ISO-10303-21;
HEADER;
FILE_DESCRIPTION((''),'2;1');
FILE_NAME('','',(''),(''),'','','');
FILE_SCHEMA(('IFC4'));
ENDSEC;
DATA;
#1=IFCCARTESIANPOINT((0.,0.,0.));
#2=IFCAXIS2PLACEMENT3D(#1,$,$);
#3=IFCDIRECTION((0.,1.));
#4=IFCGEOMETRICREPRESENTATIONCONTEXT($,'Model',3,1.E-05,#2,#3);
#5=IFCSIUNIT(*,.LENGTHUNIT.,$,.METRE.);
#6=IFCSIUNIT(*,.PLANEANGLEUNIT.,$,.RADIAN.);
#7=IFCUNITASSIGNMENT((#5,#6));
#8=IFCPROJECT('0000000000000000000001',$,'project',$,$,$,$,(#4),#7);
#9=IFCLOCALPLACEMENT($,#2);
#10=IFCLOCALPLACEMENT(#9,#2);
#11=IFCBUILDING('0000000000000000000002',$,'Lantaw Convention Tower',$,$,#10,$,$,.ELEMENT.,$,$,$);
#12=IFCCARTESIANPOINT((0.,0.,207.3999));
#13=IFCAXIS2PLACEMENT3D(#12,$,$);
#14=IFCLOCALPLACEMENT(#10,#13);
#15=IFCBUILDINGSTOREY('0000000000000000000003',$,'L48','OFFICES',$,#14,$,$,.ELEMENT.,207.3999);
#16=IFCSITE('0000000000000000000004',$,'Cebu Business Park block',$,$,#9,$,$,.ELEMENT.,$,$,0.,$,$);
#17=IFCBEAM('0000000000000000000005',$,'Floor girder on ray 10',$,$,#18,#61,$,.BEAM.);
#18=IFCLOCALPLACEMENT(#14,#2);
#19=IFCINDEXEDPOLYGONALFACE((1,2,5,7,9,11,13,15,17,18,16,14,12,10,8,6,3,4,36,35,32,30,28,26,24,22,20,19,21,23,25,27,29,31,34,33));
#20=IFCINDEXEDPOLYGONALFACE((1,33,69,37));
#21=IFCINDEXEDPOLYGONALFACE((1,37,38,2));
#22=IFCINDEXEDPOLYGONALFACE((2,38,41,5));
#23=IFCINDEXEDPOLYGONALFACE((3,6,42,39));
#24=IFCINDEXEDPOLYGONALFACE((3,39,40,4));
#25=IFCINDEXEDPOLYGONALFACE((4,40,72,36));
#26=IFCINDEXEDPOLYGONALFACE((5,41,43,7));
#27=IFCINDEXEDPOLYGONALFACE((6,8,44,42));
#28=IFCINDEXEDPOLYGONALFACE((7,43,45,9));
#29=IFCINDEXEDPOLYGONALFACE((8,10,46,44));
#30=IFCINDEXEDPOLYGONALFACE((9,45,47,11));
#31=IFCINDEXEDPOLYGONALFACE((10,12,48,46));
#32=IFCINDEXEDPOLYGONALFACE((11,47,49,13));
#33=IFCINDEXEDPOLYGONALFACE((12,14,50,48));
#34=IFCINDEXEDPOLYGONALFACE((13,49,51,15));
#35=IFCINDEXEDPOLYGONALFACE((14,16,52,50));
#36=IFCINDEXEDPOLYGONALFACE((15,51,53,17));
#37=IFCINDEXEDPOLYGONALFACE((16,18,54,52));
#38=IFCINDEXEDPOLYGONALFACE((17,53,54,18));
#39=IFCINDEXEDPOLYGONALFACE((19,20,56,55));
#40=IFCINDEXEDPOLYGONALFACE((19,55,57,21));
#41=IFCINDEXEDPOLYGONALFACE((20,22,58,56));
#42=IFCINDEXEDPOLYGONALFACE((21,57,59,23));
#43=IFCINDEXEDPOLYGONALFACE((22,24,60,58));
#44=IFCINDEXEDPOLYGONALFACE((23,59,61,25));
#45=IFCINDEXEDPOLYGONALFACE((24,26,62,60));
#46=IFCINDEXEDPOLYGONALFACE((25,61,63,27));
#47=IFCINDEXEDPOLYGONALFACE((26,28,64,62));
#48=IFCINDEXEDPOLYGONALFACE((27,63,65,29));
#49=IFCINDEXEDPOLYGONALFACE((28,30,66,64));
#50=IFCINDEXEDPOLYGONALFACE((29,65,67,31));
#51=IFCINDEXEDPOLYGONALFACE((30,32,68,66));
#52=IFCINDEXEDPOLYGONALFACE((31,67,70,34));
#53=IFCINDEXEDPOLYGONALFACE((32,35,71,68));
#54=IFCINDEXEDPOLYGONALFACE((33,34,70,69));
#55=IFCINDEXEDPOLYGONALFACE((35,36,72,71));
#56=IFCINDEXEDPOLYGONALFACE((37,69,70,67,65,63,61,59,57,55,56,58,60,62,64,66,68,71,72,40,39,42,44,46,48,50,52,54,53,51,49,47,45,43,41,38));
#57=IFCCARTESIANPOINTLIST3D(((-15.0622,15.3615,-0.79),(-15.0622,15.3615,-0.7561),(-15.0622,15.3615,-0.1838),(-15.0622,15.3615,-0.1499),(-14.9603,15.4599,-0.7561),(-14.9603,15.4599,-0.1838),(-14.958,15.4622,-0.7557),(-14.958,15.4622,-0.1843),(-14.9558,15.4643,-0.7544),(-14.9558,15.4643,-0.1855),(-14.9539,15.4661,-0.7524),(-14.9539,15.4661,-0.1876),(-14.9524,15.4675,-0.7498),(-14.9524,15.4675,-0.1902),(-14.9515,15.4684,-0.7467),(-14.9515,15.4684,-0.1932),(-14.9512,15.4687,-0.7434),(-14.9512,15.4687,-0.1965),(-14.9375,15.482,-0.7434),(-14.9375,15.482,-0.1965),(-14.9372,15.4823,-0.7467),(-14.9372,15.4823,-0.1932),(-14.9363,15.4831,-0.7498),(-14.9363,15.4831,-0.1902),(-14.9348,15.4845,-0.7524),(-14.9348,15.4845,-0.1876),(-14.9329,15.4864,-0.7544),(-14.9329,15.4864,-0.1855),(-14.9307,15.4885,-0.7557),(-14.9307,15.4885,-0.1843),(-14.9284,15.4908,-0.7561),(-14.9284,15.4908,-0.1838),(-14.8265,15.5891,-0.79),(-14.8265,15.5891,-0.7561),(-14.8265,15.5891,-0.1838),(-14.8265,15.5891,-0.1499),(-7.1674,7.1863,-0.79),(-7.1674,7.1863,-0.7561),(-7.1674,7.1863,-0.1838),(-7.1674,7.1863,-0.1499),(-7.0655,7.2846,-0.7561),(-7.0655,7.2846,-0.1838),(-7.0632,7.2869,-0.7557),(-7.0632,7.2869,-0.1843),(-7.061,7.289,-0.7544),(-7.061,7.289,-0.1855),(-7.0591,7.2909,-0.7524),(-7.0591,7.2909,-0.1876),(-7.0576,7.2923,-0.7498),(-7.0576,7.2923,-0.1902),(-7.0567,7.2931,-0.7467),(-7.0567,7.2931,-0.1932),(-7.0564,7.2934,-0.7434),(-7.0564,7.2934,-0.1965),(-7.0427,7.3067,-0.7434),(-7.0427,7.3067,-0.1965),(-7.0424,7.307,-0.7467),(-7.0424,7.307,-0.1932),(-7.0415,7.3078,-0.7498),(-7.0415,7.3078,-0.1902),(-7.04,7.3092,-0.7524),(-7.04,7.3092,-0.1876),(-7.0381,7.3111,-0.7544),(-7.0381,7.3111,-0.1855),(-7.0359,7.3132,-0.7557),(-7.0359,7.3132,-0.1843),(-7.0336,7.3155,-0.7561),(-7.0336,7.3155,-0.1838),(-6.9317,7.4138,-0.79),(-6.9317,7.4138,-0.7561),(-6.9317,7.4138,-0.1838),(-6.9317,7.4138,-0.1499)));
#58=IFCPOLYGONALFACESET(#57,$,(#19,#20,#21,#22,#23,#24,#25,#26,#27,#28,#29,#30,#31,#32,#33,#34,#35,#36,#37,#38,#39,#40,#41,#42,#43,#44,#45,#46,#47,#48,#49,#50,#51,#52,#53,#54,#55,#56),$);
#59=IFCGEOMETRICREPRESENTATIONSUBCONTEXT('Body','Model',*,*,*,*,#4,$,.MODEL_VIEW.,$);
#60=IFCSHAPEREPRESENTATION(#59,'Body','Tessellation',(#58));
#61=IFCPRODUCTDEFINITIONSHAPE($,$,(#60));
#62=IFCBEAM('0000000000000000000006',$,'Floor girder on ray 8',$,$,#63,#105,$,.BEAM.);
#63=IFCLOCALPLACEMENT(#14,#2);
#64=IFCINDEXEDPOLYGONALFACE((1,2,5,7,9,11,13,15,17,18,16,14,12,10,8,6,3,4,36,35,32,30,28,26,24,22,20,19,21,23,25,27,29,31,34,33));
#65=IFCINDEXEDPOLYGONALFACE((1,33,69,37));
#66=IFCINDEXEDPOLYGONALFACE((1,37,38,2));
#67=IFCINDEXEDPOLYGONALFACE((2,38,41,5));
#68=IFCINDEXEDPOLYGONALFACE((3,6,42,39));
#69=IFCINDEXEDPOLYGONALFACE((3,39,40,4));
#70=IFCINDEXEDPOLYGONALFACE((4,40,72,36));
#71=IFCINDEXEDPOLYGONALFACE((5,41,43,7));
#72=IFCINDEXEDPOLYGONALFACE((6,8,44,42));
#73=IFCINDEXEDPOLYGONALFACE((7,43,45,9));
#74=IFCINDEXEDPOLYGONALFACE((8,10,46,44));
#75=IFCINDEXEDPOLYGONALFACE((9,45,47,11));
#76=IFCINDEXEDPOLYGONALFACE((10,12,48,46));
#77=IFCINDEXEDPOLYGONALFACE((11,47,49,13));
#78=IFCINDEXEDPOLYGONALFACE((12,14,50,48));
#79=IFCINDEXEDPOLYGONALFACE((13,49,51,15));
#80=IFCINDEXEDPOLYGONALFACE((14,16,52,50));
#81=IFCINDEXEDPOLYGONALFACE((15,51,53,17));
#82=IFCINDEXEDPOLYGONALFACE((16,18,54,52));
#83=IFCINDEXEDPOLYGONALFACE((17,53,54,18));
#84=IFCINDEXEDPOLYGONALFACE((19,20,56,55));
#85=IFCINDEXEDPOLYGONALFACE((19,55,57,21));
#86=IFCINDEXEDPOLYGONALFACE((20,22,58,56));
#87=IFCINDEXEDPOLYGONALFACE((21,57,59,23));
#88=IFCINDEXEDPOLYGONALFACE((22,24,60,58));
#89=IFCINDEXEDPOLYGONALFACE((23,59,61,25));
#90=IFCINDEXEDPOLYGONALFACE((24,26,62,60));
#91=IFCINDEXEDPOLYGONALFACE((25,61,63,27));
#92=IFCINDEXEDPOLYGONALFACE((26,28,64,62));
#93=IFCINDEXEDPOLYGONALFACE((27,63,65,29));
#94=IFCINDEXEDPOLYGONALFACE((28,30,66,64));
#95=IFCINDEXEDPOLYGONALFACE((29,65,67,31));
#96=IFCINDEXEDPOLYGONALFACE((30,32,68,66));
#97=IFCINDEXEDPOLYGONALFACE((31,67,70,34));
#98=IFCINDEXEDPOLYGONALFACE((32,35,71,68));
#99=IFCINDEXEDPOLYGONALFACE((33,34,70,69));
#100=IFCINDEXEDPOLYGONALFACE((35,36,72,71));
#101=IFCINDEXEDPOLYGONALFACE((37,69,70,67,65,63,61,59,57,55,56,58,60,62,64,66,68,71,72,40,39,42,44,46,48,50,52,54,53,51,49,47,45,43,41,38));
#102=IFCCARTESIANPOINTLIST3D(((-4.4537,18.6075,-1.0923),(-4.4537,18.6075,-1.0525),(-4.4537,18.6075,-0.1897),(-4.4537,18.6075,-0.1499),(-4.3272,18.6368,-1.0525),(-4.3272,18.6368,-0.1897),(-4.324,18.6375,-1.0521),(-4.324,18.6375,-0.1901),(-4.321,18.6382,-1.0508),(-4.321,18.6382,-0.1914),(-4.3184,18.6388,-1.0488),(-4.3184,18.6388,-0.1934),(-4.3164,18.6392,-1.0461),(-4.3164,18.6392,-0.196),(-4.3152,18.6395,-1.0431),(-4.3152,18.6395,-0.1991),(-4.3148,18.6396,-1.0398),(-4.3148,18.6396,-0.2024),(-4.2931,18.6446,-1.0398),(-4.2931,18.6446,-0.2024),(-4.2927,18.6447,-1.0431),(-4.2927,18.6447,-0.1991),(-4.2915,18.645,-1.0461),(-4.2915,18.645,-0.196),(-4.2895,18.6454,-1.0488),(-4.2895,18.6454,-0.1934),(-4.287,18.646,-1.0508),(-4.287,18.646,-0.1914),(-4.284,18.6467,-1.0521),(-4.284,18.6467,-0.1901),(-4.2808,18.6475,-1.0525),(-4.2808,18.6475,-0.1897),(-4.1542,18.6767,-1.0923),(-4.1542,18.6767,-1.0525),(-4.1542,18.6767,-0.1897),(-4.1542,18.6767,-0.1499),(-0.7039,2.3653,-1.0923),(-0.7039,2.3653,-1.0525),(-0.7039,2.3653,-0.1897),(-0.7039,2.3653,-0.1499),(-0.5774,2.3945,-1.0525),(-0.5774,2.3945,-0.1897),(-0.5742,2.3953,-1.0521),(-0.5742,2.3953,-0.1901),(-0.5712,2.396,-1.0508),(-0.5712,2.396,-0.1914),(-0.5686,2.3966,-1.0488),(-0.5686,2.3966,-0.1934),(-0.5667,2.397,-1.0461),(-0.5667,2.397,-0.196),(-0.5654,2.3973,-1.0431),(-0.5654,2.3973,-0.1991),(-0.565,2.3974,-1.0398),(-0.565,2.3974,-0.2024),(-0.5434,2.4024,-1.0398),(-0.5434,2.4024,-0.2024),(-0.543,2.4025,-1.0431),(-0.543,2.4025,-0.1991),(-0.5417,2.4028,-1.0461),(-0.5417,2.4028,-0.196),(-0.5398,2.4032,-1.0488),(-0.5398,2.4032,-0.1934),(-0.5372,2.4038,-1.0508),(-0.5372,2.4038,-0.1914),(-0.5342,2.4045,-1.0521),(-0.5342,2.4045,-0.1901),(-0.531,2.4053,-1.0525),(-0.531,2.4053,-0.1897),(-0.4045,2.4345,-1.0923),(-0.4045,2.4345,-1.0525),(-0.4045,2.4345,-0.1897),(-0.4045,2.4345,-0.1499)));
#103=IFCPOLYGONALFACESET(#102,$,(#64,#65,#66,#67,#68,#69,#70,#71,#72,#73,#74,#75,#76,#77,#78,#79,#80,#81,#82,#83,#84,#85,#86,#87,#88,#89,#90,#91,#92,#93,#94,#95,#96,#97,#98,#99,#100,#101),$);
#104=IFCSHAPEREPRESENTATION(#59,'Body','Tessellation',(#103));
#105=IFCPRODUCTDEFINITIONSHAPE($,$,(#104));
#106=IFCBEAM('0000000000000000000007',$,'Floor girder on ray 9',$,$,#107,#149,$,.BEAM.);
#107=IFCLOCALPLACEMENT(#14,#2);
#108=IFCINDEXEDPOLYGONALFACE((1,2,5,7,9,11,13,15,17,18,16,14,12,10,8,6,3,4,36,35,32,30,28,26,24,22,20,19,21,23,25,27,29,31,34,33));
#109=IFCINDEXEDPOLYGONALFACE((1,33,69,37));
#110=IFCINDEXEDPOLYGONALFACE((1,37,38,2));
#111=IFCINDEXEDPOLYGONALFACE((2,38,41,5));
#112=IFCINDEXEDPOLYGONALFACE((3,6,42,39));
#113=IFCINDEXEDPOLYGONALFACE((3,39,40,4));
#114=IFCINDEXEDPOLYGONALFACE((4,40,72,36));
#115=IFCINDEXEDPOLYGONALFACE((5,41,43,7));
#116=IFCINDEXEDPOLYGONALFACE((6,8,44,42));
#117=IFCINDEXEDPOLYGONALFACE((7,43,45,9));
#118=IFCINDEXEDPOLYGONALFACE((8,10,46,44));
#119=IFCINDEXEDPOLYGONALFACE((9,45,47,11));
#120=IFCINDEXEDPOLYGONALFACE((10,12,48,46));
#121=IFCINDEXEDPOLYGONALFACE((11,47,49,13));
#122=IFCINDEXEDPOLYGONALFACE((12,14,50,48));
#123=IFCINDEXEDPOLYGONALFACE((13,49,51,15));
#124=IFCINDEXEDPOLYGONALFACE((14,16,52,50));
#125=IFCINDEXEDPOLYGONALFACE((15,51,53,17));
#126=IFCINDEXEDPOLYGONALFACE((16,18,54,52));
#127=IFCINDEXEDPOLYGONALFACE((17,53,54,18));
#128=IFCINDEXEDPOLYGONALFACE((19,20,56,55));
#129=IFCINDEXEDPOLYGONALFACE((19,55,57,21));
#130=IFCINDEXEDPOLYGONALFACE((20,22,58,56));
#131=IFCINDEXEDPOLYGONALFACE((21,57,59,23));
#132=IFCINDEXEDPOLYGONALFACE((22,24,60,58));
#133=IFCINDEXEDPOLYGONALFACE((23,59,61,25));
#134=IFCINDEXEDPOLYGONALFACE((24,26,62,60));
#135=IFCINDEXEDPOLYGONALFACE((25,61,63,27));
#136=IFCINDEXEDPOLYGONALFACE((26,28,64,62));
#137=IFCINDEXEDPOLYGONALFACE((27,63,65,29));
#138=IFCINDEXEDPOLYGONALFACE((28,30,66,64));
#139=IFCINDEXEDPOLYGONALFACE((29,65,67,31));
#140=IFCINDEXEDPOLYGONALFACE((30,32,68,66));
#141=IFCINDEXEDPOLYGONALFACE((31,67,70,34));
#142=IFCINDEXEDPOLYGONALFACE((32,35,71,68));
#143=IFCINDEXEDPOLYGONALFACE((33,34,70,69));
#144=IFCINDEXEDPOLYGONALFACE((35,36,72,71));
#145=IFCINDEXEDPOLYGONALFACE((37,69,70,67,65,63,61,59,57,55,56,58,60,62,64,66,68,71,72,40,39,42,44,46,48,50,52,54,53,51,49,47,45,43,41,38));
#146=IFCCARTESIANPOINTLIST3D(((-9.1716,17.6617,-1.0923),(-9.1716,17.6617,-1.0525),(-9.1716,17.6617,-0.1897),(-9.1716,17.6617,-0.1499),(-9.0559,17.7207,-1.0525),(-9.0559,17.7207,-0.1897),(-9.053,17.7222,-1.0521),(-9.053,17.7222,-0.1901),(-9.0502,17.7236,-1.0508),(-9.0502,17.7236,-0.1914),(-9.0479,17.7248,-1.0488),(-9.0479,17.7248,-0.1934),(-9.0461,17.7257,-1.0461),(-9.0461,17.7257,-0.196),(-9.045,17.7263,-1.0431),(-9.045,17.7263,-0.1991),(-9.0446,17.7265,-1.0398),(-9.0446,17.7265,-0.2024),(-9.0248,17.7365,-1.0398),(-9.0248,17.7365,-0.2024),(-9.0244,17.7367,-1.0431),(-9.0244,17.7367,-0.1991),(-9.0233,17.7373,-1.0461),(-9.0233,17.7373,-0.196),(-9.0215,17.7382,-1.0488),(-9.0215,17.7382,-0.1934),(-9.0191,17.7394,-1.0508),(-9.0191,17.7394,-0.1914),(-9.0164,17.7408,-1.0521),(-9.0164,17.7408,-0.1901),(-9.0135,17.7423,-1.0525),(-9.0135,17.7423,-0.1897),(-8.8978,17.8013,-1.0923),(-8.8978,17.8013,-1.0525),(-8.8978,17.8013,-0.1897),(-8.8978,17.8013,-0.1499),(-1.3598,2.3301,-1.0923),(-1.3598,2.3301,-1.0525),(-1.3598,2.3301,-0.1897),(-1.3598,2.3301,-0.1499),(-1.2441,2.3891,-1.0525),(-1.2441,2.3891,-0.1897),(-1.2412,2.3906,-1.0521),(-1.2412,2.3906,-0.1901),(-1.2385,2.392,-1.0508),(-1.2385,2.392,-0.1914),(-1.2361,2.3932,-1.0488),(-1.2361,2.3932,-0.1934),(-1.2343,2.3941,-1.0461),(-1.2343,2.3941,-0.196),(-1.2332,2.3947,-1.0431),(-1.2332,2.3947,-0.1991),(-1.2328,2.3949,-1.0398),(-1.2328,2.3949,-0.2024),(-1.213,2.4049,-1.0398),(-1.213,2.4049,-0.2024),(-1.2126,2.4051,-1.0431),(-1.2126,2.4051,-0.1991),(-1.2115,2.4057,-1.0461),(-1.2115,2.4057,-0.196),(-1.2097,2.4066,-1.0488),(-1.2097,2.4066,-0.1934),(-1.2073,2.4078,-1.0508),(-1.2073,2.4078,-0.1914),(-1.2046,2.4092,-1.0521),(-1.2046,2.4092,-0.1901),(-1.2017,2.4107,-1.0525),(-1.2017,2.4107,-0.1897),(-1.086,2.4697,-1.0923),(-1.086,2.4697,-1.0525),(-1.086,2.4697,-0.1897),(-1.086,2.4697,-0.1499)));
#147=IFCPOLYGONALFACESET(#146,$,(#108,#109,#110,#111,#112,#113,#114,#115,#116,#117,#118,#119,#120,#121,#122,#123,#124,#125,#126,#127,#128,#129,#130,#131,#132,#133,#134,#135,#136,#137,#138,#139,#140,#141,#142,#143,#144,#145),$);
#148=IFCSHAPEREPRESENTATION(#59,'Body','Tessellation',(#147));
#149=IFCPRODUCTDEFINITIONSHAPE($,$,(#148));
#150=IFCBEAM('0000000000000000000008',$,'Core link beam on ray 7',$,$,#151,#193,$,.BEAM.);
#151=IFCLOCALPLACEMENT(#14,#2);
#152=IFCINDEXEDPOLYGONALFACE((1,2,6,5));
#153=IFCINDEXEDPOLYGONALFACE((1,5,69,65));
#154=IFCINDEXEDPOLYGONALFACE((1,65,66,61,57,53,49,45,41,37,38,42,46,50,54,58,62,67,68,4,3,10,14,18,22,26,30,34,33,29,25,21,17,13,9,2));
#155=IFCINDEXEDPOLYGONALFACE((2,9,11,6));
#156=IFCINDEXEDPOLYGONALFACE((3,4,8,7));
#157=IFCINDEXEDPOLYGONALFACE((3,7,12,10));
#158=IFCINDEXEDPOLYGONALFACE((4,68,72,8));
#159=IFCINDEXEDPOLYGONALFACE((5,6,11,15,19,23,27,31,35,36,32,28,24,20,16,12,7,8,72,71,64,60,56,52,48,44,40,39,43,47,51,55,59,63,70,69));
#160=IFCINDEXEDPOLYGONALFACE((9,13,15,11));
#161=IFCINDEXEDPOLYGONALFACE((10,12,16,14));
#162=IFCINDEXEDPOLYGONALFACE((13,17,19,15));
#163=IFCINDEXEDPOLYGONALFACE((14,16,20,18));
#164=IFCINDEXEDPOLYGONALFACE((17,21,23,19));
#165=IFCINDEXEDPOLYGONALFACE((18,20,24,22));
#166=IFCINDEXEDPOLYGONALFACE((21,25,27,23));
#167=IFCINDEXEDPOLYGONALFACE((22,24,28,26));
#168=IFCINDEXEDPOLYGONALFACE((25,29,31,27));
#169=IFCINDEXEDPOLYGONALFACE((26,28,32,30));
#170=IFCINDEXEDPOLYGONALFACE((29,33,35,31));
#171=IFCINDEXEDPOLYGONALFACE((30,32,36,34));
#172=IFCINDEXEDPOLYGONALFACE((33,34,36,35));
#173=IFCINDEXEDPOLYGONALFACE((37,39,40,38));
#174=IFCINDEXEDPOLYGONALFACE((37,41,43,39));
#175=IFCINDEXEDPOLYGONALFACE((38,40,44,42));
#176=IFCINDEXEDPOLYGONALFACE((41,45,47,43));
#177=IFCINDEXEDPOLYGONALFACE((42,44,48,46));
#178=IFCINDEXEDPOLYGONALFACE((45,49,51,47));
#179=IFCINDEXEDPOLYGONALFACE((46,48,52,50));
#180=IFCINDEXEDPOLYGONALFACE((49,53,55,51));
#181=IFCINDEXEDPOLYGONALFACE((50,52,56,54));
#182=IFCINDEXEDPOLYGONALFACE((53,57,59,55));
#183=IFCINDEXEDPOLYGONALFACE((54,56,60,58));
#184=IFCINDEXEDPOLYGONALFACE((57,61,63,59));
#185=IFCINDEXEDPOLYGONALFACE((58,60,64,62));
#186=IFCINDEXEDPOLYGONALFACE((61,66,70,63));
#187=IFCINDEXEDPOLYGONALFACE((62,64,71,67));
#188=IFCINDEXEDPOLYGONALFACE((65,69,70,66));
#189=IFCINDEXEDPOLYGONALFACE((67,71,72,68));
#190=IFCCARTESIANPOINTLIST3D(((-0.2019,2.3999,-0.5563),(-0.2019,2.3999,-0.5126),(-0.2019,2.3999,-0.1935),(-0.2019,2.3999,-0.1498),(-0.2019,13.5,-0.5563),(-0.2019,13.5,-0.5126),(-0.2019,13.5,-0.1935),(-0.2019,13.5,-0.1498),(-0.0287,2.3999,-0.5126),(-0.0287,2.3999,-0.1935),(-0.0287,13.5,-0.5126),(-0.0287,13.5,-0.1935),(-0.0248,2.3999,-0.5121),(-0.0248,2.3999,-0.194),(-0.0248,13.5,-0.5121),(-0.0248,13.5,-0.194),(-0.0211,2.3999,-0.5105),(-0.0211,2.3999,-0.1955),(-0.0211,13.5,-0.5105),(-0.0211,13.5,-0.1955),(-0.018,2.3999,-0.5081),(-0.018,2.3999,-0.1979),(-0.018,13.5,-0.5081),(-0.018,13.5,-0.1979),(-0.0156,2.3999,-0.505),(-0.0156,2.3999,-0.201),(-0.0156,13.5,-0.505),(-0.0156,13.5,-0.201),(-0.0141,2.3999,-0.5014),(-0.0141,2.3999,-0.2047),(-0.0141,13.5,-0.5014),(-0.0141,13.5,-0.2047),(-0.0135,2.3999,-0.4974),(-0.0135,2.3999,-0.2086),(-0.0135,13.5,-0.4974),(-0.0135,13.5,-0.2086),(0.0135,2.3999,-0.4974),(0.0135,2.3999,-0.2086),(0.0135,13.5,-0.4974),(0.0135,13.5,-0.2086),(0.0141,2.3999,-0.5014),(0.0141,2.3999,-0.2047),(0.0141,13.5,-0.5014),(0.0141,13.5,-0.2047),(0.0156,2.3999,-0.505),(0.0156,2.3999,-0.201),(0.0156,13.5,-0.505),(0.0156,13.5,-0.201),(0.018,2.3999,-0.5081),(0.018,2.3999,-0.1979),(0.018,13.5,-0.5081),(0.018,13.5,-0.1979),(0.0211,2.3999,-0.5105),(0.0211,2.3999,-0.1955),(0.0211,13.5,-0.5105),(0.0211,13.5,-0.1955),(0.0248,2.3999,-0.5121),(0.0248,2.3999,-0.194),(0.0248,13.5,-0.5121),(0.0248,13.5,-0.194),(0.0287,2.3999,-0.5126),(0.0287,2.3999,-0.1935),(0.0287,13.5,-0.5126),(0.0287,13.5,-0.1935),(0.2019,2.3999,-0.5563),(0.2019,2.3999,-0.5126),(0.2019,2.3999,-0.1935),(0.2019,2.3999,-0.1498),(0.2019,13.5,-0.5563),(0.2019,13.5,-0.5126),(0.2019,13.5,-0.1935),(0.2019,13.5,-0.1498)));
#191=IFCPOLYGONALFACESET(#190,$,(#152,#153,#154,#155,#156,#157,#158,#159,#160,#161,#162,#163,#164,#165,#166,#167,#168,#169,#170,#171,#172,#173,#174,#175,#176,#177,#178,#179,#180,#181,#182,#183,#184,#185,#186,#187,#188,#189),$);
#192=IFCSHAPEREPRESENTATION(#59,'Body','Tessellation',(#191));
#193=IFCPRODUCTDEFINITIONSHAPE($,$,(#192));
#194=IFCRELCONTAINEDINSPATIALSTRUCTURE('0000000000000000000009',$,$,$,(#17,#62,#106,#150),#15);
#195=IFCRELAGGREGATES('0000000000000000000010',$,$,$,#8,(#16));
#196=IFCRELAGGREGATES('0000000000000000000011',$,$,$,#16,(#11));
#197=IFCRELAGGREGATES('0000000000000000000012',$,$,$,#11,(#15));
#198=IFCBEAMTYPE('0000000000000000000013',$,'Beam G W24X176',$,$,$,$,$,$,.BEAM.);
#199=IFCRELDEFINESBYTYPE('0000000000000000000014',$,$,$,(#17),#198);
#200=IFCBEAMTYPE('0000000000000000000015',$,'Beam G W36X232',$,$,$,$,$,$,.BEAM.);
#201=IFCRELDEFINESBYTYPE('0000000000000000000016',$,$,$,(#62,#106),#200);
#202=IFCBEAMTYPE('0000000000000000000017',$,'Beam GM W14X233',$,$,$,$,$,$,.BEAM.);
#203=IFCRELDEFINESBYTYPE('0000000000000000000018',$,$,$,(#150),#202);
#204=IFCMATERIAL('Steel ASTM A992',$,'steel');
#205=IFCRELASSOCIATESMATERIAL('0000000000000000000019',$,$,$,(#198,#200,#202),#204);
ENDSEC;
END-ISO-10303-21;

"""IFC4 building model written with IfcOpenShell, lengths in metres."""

from ifc_helpers import new_model, si_unit, direction, frame, origin, origin_2d, place, context, subcontext, project, spatial, i_section, extrude, material, material_profile, profile_set, type_object, element, save


model = new_model("IFC4")

# Units and contexts
model_context = context("Model", 3, precision=1e-05, world=origin(), true_north=direction((0.0, 1.0)))
body_context = subcontext(model_context, "Body", "Model", "MODEL_VIEW")
ifc_project = project(units=[si_unit("LENGTHUNIT", "METRE"), si_unit("PLANEANGLEUNIT", "RADIAN")], contexts=[model_context])

# Site, building, storey
site_placement = place(None, origin())
site = spatial("IfcSite", under=ifc_project, at=site_placement, Name="Cebu Business Park block", CompositionType="ELEMENT", RefElevation=0.0)
building_placement = place(site_placement, origin())
building = spatial("IfcBuilding", under=site, at=building_placement, Name="Lantaw Convention Tower", CompositionType="ELEMENT")
storey_placement = place(building_placement, frame((0.0, 0.0, 207.3999)))
storey = spatial("IfcBuildingStorey", under=building, at=storey_placement, Name="L48", Description="OFFICES", CompositionType="ELEMENT", Elevation=207.3999)

# Beams
ifc_material_1 = material(Name="Steel ASTM A992", Category="steel")
ifc_material_profile_1 = material_profile(ifc_material_1, i_section(OverallWidth=0.3276, OverallDepth=0.6401, WebThickness=0.019, FlangeThickness=0.0339, FilletRadius=0.0127, at=origin_2d()), Name="W24X176")
ifc_profile_set_1 = profile_set([ifc_material_profile_1], Name="Steel ASTM A992")
beam_type_1 = type_object("IfcBeamType", Name="Beam G W24X176", PredefinedType="BEAM", material=ifc_profile_set_1)
beam_1_placement = place(storey_placement, frame((-7.0496, 7.3, -0.47), z_axis=(-0.694658, 0.71934, 0.0), x_axis=(-0.71934, -0.694658, 0.0)))
element("IfcBeam", 1, at=beam_1_placement, inside=storey, type_object=beam_type_1, Name="Floor girder on ray 10", PredefinedType="BEAM", context=body_context, shape_type="SweptSolid", body=[
    extrude(i_section(OverallWidth=0.3276, OverallDepth=0.6401, WebThickness=0.019, FlangeThickness=0.0339, FilletRadius=0.0127, at=origin_2d()), origin(), (0.0, 0.0, 1.0), 11.365),
])
ifc_material_profile_2 = material_profile(ifc_material_1, i_section(OverallWidth=0.3074, OverallDepth=0.9424, WebThickness=0.0222, FlangeThickness=0.0398, FilletRadius=0.0127, at=origin_2d()), Name="W36X232")
ifc_profile_set_2 = profile_set([ifc_material_profile_2], Name="Steel ASTM A992")
beam_type_2 = type_object("IfcBeamType", Name="Beam G W36X232", PredefinedType="BEAM", material=ifc_profile_set_2)
beam_2_placement = place(storey_placement, frame((-0.5542, 2.3999, -0.6211), z_axis=(-0.224948, 0.974371, 0.0), x_axis=(-0.974371, -0.224948, 0.0)))
element("IfcBeam", 2, at=beam_2_placement, inside=storey, type_object=beam_type_2, Name="Floor girder on ray 8", PredefinedType="BEAM", context=body_context, shape_type="SweptSolid", body=[
    extrude(i_section(OverallWidth=0.3074, OverallDepth=0.9424, WebThickness=0.0222, FlangeThickness=0.0398, FilletRadius=0.0127, at=origin_2d()), origin(), (0.0, 0.0, 1.0), 16.6694),
])
beam_3_placement = place(storey_placement, frame((-1.2229, 2.3999, -0.6211), z_axis=(-0.453988, 0.891008, 0.0), x_axis=(-0.891008, -0.453988, 0.0)))
element("IfcBeam", 3, at=beam_3_placement, inside=storey, type_object=beam_type_2, Name="Floor girder on ray 9", PredefinedType="BEAM", context=body_context, shape_type="SweptSolid", body=[
    extrude(i_section(OverallWidth=0.3074, OverallDepth=0.9424, WebThickness=0.0222, FlangeThickness=0.0398, FilletRadius=0.0127, at=origin_2d()), origin(), (0.0, 0.0, 1.0), 17.207),
])
ifc_material_profile_3 = material_profile(ifc_material_1, i_section(OverallWidth=0.4038, OverallDepth=0.4065, WebThickness=0.0271, FlangeThickness=0.0437, FilletRadius=0.0151, at=origin_2d()), Name="W14X233")
ifc_profile_set_3 = profile_set([ifc_material_profile_3], Name="Steel ASTM A992")
beam_type_3 = type_object("IfcBeamType", Name="Beam GM W14X233", PredefinedType="BEAM", material=ifc_profile_set_3)
beam_4_placement = place(storey_placement, frame((0.0, 2.3999, -0.353), z_axis=(0.0, 1.0, 0.0), x_axis=(-1.0, 0.0, 0.0)))
element("IfcBeam", 4, at=beam_4_placement, inside=storey, type_object=beam_type_3, Name="Core link beam on ray 7", PredefinedType="BEAM", context=body_context, shape_type="SweptSolid", body=[
    extrude(i_section(OverallWidth=0.4038, OverallDepth=0.4065, WebThickness=0.0271, FlangeThickness=0.0437, FilletRadius=0.0151, at=origin_2d()), origin(), (0.0, 0.0, 1.0), 11.1001),
])

save(model, "model.ifc")
